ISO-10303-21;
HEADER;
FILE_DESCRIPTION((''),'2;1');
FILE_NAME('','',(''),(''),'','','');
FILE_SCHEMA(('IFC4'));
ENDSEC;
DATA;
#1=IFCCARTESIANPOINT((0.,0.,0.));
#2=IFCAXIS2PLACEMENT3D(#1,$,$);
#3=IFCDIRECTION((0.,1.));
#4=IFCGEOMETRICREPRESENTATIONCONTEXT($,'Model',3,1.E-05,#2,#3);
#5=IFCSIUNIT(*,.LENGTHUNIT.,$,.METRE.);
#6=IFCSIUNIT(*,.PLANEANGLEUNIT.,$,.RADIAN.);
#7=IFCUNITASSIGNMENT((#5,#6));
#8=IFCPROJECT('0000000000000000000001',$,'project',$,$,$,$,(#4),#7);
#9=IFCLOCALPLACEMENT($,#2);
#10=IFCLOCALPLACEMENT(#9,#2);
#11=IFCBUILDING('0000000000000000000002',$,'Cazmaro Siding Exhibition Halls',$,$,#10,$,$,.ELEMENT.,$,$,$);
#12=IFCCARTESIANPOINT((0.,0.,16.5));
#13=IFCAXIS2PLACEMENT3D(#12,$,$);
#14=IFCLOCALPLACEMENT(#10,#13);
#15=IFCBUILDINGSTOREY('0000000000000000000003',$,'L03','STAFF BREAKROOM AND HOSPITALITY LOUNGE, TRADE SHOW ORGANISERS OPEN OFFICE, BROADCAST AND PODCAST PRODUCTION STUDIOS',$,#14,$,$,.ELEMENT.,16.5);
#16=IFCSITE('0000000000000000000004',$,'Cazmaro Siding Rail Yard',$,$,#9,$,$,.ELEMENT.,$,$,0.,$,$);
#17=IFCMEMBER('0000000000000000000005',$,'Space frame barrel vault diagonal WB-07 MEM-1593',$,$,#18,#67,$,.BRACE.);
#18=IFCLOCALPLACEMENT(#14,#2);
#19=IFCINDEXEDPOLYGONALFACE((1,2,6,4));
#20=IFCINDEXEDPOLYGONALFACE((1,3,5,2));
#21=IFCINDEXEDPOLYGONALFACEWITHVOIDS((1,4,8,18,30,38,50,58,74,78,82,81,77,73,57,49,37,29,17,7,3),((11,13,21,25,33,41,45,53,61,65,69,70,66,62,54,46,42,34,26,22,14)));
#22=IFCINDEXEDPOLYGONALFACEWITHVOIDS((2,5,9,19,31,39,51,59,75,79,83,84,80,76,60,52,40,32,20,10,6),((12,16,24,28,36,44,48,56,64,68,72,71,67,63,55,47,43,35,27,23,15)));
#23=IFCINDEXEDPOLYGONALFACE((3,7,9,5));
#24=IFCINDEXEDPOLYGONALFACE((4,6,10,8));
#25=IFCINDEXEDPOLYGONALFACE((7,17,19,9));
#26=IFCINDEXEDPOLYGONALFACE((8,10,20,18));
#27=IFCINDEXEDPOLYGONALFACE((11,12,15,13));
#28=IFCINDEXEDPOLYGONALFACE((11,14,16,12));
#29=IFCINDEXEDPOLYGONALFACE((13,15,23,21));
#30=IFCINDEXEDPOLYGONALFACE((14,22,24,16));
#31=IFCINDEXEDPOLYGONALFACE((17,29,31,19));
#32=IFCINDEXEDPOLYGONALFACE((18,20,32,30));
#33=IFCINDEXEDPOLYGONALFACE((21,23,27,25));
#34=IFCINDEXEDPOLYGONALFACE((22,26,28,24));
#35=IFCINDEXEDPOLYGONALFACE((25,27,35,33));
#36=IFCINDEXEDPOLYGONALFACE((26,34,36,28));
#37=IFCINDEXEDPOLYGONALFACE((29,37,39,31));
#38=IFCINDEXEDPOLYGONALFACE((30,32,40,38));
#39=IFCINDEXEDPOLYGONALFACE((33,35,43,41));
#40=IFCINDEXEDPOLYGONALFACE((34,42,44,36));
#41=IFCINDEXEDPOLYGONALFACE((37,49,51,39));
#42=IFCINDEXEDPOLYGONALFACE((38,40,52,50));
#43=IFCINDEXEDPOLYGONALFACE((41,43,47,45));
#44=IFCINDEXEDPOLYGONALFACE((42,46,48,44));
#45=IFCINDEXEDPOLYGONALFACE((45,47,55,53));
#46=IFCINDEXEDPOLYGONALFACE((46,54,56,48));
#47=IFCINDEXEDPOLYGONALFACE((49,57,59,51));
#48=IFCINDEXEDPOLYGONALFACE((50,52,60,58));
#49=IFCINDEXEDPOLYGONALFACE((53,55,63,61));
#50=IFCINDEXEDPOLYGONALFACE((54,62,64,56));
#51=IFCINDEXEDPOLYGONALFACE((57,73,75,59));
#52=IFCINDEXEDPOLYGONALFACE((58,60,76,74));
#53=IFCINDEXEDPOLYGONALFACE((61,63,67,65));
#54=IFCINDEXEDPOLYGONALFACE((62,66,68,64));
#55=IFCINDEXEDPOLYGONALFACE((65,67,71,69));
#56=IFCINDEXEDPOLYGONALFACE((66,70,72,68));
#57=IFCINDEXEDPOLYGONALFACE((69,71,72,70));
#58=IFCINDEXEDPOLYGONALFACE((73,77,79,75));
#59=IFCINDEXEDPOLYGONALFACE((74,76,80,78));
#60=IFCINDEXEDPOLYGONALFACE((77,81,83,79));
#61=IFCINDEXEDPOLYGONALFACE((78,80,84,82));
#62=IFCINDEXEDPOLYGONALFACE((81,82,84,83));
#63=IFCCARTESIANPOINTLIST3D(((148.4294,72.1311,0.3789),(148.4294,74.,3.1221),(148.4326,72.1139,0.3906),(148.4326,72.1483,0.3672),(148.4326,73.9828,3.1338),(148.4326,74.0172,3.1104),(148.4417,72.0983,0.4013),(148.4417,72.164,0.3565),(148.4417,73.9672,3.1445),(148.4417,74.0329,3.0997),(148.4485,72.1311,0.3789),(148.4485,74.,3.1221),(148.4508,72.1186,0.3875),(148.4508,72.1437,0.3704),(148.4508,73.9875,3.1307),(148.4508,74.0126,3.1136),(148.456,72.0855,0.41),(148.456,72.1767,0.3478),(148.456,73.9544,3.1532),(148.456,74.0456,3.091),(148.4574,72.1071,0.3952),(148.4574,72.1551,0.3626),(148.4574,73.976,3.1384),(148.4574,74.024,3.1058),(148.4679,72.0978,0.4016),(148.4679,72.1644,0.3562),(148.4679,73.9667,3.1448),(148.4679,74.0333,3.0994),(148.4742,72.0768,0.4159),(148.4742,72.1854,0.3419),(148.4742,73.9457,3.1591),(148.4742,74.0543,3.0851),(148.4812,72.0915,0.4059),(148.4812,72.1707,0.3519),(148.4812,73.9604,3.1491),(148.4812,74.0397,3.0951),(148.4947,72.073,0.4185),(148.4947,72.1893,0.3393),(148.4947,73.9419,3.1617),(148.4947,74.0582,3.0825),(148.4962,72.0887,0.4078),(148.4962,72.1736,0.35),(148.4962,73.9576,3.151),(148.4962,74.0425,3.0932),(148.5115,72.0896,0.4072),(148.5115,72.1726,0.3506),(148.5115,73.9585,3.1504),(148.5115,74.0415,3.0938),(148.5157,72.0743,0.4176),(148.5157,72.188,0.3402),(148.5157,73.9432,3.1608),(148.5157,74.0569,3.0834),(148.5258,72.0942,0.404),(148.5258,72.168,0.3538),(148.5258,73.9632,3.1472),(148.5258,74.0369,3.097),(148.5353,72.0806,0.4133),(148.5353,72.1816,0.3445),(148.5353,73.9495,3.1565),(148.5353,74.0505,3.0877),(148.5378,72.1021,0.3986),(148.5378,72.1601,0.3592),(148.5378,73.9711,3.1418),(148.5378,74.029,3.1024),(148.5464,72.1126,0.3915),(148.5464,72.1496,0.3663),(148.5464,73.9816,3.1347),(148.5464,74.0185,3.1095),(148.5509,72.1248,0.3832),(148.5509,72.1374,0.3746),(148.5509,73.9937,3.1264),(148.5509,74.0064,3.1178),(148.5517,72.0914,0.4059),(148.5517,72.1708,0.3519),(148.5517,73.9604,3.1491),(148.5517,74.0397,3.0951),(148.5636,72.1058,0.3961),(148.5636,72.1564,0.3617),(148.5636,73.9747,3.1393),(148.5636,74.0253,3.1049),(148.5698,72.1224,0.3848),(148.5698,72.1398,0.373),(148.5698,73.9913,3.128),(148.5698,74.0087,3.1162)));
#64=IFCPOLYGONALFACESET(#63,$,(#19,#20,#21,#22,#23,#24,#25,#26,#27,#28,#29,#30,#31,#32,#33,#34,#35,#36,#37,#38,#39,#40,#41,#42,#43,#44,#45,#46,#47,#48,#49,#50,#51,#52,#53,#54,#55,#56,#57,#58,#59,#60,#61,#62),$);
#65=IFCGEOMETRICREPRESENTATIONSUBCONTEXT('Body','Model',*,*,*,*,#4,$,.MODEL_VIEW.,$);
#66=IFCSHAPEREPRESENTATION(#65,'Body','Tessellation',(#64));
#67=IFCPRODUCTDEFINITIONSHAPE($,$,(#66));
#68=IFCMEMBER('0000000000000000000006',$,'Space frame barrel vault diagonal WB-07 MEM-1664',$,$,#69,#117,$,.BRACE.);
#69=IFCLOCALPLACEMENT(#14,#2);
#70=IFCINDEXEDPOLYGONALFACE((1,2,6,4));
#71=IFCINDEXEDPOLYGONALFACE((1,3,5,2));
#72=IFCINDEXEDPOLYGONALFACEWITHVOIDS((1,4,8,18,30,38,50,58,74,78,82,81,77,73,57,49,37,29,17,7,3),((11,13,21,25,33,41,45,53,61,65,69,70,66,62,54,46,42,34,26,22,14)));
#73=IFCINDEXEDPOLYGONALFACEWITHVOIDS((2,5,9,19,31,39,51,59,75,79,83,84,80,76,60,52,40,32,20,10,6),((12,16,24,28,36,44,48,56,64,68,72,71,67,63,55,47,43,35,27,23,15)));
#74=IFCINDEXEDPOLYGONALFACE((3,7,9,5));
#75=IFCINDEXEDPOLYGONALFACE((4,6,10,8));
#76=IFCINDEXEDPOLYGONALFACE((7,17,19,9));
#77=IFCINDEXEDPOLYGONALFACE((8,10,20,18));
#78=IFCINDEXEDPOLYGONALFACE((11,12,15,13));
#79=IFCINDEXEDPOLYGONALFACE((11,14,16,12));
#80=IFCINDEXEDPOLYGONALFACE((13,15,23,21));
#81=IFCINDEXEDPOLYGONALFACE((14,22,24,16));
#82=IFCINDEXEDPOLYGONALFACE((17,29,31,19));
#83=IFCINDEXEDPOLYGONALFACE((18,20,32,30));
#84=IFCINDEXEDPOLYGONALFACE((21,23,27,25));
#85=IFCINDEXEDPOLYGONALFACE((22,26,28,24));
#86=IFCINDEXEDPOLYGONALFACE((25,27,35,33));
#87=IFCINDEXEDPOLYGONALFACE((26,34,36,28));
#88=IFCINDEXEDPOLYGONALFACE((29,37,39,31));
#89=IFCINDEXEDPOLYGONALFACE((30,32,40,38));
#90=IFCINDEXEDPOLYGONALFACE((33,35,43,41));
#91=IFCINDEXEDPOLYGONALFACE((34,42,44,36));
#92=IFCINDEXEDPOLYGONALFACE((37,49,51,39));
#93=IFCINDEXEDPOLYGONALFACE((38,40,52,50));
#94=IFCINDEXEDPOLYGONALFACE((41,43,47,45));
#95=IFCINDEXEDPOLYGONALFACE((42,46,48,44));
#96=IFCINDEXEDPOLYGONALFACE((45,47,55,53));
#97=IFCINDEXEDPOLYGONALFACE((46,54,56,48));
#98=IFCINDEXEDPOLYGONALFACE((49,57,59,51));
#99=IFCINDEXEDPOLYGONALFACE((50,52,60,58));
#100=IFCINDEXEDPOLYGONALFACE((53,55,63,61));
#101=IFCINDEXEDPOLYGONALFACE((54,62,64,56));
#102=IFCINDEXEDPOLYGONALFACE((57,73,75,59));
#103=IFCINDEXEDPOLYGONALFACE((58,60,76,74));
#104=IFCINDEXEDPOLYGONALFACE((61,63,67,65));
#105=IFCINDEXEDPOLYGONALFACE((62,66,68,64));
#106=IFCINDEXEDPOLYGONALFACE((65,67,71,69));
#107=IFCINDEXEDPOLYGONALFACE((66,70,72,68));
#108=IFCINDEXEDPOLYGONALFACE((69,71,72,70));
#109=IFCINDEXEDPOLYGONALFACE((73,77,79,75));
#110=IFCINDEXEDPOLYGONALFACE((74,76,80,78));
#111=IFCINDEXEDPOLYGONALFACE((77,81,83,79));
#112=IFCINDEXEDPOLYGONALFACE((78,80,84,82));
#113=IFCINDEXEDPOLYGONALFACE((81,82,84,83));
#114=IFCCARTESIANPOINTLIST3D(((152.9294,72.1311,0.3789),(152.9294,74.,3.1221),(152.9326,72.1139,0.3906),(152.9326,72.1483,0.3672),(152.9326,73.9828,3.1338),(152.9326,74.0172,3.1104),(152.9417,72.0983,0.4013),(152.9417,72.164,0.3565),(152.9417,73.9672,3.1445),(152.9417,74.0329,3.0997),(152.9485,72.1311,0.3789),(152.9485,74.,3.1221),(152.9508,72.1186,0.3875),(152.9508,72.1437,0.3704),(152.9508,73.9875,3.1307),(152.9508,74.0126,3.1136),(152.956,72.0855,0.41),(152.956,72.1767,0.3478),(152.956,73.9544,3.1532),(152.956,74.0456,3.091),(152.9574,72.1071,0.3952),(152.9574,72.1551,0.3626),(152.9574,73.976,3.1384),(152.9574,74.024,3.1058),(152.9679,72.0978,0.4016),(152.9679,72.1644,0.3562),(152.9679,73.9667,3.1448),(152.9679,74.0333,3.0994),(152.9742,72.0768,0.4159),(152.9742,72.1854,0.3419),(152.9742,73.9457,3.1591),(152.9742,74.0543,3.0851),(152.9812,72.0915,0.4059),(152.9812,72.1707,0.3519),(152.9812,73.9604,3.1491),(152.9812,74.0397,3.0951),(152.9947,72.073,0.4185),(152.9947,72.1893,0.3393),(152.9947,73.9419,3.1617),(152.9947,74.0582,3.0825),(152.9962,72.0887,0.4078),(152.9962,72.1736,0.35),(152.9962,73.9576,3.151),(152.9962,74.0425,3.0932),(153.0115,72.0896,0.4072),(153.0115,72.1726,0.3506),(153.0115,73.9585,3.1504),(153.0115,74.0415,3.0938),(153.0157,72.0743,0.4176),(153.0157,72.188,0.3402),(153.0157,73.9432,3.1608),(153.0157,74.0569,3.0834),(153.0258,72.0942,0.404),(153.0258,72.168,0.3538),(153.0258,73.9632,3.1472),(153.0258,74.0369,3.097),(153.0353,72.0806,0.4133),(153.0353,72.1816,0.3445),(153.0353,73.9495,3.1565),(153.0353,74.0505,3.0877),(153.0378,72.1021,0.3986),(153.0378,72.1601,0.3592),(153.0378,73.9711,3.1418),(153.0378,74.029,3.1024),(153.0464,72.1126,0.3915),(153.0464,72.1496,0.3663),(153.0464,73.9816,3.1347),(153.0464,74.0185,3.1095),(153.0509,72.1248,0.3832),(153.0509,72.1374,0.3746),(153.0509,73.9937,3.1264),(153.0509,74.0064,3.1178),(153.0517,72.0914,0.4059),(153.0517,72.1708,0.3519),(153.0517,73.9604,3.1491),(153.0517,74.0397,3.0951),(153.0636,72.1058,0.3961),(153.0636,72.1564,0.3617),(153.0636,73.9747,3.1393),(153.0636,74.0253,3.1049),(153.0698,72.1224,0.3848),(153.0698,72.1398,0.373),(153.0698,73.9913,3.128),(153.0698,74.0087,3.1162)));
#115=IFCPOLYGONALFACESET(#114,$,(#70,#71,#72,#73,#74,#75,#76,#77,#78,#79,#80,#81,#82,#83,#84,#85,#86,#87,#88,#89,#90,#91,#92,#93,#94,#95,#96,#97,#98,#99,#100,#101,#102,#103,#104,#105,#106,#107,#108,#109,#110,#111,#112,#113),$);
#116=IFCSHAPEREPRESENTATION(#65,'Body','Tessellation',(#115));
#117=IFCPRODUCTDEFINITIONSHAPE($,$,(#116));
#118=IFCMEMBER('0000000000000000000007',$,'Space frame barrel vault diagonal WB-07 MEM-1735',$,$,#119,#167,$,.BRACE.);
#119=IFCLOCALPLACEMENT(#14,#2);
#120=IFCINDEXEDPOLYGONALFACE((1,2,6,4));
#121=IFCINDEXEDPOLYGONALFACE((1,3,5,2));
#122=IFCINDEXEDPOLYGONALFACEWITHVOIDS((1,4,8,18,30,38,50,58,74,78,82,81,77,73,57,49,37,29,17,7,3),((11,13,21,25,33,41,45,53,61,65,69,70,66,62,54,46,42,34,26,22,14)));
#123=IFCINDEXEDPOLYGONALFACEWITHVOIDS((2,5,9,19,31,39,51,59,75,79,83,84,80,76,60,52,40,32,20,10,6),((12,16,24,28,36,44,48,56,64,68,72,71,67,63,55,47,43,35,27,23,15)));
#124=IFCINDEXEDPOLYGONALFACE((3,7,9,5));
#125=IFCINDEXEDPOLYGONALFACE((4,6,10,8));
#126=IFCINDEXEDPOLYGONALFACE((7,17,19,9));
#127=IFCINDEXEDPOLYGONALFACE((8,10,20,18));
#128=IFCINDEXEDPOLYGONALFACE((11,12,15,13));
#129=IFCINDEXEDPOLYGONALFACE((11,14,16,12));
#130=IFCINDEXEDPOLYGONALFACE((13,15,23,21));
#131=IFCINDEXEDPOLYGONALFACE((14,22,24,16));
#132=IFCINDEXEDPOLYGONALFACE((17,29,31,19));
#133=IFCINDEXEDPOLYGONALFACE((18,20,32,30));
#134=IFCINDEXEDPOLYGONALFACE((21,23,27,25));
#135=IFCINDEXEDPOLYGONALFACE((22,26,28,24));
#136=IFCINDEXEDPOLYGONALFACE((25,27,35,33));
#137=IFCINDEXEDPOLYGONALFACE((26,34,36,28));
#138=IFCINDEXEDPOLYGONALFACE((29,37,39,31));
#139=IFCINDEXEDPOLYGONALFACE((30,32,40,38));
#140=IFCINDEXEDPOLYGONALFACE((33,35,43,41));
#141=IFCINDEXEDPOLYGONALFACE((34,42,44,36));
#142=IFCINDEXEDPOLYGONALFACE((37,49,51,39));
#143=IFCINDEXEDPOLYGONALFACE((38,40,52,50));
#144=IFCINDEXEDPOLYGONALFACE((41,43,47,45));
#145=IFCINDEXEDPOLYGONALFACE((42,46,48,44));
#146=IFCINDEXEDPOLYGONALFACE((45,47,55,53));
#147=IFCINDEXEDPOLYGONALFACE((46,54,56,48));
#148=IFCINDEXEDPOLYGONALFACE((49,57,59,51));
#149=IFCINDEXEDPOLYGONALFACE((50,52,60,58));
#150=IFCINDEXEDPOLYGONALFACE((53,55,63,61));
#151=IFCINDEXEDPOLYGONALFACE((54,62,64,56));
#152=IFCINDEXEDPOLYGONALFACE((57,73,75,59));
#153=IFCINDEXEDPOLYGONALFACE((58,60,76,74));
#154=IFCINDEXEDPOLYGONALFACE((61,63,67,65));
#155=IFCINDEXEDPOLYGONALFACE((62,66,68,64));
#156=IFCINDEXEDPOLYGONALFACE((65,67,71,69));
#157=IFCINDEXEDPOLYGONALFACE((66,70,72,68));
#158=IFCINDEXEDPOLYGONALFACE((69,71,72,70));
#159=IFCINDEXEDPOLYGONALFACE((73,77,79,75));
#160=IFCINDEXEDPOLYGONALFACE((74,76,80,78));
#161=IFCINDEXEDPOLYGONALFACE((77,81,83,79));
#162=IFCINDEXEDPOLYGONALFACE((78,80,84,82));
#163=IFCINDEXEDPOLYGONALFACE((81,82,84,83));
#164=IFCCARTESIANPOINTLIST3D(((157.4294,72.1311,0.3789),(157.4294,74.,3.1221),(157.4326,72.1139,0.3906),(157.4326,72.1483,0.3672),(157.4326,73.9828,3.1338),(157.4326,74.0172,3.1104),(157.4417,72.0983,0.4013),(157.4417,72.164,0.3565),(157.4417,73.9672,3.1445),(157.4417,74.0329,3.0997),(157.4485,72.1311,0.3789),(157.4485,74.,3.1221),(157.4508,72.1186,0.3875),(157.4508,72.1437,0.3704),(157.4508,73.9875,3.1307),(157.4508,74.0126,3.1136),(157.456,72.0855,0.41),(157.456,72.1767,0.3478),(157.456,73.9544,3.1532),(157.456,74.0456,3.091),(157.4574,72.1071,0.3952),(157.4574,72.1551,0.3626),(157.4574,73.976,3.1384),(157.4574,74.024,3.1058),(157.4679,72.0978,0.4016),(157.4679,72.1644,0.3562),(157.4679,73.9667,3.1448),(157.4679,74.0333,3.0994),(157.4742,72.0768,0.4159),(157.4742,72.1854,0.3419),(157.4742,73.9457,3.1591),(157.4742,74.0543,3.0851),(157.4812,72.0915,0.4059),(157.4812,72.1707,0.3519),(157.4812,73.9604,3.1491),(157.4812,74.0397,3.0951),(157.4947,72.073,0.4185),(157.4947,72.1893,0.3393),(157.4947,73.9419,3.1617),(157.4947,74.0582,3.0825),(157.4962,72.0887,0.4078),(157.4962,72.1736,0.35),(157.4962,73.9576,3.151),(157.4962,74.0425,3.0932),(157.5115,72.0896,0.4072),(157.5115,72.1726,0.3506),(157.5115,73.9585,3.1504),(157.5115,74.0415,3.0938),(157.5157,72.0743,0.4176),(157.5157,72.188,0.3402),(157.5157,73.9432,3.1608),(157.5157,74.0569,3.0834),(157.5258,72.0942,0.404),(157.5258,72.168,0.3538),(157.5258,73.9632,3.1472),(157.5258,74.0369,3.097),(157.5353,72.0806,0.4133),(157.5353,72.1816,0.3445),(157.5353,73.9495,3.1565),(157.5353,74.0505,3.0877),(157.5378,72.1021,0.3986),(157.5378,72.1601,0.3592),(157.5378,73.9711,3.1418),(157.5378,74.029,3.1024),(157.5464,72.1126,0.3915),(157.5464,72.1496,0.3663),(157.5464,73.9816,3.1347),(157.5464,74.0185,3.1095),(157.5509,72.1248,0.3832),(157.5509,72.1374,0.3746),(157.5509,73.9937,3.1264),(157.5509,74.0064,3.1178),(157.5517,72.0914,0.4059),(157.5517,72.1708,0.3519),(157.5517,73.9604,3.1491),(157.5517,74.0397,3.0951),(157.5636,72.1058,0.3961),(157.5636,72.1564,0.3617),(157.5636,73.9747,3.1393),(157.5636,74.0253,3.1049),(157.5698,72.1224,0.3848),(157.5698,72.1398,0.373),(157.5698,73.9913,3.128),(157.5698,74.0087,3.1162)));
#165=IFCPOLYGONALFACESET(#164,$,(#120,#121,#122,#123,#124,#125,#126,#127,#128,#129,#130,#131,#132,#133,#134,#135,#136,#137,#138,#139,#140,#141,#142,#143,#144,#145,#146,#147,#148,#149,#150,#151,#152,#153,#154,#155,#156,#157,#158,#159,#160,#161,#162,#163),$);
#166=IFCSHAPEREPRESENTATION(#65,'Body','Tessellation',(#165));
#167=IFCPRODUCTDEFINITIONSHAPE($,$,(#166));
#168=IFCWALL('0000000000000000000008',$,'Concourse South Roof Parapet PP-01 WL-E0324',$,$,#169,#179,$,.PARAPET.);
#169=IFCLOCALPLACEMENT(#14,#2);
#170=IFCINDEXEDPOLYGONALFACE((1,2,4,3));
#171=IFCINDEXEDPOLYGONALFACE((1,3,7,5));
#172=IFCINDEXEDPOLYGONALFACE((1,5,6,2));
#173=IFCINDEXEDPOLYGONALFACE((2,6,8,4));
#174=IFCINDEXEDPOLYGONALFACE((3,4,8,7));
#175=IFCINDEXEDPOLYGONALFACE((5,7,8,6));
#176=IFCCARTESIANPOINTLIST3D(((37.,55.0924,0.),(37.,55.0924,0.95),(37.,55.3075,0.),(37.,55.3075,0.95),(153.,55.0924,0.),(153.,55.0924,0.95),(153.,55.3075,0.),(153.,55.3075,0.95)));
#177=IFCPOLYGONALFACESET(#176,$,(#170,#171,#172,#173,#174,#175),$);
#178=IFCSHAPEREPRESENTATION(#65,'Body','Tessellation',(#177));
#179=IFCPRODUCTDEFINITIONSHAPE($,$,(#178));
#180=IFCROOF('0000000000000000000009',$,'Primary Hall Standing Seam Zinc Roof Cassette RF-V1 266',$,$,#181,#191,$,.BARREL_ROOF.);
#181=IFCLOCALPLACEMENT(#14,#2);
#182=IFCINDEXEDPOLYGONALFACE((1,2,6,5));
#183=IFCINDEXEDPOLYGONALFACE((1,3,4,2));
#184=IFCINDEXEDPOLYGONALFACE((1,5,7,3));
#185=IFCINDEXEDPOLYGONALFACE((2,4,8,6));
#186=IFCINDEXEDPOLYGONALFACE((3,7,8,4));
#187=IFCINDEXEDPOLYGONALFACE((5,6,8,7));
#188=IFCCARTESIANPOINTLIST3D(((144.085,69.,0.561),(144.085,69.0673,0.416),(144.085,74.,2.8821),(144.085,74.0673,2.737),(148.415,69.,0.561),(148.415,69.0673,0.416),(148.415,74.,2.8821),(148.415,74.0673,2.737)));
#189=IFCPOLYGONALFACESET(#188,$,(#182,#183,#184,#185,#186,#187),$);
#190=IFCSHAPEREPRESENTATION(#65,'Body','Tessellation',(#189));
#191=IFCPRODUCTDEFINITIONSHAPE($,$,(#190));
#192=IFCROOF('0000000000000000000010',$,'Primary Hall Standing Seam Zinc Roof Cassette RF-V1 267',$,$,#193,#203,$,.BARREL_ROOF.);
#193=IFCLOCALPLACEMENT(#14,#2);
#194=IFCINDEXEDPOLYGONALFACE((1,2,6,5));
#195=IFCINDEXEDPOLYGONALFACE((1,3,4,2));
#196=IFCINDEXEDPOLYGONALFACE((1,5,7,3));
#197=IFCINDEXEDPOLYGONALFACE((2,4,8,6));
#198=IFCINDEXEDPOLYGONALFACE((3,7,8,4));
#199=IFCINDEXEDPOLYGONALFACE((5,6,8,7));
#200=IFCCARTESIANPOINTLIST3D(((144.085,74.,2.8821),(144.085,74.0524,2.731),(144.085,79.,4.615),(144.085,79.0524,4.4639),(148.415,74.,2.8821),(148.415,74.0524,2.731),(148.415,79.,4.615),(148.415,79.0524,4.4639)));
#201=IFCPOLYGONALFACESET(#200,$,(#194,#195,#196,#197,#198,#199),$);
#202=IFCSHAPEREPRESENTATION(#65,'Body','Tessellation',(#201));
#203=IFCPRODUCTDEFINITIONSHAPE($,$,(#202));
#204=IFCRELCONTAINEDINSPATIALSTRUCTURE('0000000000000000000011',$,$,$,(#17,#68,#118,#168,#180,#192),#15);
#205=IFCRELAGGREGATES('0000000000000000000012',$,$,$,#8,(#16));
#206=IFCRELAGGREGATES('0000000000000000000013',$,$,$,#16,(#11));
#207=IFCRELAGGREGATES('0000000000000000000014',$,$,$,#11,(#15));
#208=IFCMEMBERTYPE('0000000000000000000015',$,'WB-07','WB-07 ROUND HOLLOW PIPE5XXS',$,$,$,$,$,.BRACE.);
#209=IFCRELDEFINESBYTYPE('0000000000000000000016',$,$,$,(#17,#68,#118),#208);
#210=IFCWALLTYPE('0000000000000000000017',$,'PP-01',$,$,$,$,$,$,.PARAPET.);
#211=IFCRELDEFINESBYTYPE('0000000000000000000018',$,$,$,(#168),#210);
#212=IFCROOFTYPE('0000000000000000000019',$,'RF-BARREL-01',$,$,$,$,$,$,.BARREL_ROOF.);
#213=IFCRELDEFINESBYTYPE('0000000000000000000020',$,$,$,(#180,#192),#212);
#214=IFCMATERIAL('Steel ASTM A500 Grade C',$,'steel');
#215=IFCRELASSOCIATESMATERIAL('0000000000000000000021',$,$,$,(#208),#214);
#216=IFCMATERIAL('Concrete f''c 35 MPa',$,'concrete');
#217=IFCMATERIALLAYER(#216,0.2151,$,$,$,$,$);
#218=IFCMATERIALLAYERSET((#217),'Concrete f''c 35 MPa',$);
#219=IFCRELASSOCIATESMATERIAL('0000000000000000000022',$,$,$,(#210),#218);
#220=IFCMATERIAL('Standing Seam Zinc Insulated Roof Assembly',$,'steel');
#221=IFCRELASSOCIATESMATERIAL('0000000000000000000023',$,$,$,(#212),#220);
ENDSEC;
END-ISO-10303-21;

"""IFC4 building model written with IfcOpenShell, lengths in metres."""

from ifc_helpers import new_model, si_unit, direction, frame, frame_2d, origin, origin_2d, place, context, subcontext, project, spatial, polyline, rectangle, hollow_circle, outline, extrude, material, layer, layer_set, material_profile, profile_set, type_object, element, save


model = new_model("IFC4")

# Units and contexts
model_context = context("Model", 3, precision=1e-05, world=origin(), true_north=direction((0.0, 1.0)))
body_context = subcontext(model_context, "Body", "Model", "MODEL_VIEW")
ifc_project = project(units=[si_unit("LENGTHUNIT", "METRE"), si_unit("PLANEANGLEUNIT", "RADIAN")], contexts=[model_context])

# Site, building, storey
site_placement = place(None, origin())
site = spatial("IfcSite", under=ifc_project, at=site_placement, Name="Cazmaro Siding Rail Yard", CompositionType="ELEMENT", RefElevation=0.0)
building_placement = place(site_placement, origin())
building = spatial("IfcBuilding", under=site, at=building_placement, Name="Cazmaro Siding Exhibition Halls", CompositionType="ELEMENT")
storey_placement = place(building_placement, frame((0.0, 0.0, 16.5)))
storey = spatial("IfcBuildingStorey", under=building, at=storey_placement, Name="L03", Description="STAFF BREAKROOM AND HOSPITALITY LOUNGE, TRADE SHOW ORGANISERS OPEN OFFICE, BROADCAST AND PODCAST PRODUCTION STUDIOS", CompositionType="ELEMENT", Elevation=16.5)

# Members
ifc_material_1 = material(Name="Steel ASTM A500 Grade C", Category="steel")
ifc_material_profile_1 = material_profile(ifc_material_1, hollow_circle(Radius=0.0706, WallThickness=0.019, at=origin_2d()), Name="PIPE5XXS")
ifc_profile_set_1 = profile_set([ifc_material_profile_1], Name="Steel ASTM A500 Grade C")
member_type_1 = type_object("IfcMemberType", Name="WB-07", Description="WB-07 ROUND HOLLOW PIPE5XXS", PredefinedType="BRACE", material=ifc_profile_set_1)
for number, where, z_axis, x_axis, name in (
    (1, (148.5, 72.1311, 0.3789), (0.0, 0.56304, 0.82643), (-1.0, 0.0, 0.0), "Space frame barrel vault diagonal WB-07 MEM-1593"),
    (2, (153.0, 72.1311, 0.3789), (0.0, 0.56304, 0.82643), (-1.0, 0.0, 0.0), "Space frame barrel vault diagonal WB-07 MEM-1664"),
    (3, (157.5, 72.1311, 0.3789), (0.0, 0.56304, 0.82643), (-1.0, 0.0, 0.0), "Space frame barrel vault diagonal WB-07 MEM-1735"),
):
    element("IfcMember", number, at=place(storey_placement, frame(where, z_axis=z_axis, x_axis=x_axis)), inside=storey, type_object=member_type_1, Name=name, PredefinedType="BRACE", context=body_context, shape_type="SweptSolid", body=[
        extrude(hollow_circle(Radius=0.0706, WallThickness=0.019, at=origin_2d()), origin(), (0.0, 0.0, 1.0), 3.3193),
    ])

# Wall
ifc_material_2 = material(Name="Concrete f'c 35 MPa", Category="concrete")
ifc_layer = layer(ifc_material_2, 0.2151)
ifc_layer_set = layer_set([ifc_layer], Name="Concrete f'c 35 MPa")
wall_type = type_object("IfcWallType", Name="PP-01", PredefinedType="PARAPET", material=ifc_layer_set)
wall_placement = place(storey_placement, frame((153.0, 55.2, 0.0), z_axis=(0.0, 0.0, 1.0), x_axis=(-1.0, 0.0, 0.0)))
element("IfcWall", 4, at=wall_placement, inside=storey, type_object=wall_type, Name="Concourse South Roof Parapet PP-01 WL-E0324", PredefinedType="PARAPET", context=body_context, shape_type="SweptSolid", body=[
    extrude(rectangle(XDim=116.0, YDim=0.2151, at=frame_2d((58.0, 0.0))), origin(), (0.0, 0.0, 1.0), 0.95),
])

# Roofs
ifc_material_3 = material(Name="Standing Seam Zinc Insulated Roof Assembly", Category="steel")
roof_type = type_object("IfcRoofType", Name="RF-BARREL-01", PredefinedType="BARREL_ROOF", material=ifc_material_3)
roof_1_placement = place(storey_placement, frame((144.085, 69.0, 0.561), z_axis=(0.0, -0.421054, 0.907036), x_axis=(1.0, 0.0, 0.0)))
element("IfcRoof", 5, at=roof_1_placement, inside=storey, type_object=roof_type, Name="Primary Hall Standing Seam Zinc Roof Cassette RF-V1 266", PredefinedType="BARREL_ROOF", context=body_context, shape_type="SweptSolid", body=[
    extrude(outline(polyline([(0.0, 0.0), (4.3301, 0.0), (4.3301, 5.5125), (0.0, 5.5125), (0.0, 0.0)])), origin(), (0.0, 0.0, -1.0), 0.1599),
])
roof_2_placement = place(storey_placement, frame((144.085, 74.0, 2.8821), z_axis=(0.0, -0.327472, 0.944861), x_axis=(1.0, 0.0, 0.0)))
element("IfcRoof", 6, at=roof_2_placement, inside=storey, type_object=roof_type, Name="Primary Hall Standing Seam Zinc Roof Cassette RF-V1 267", PredefinedType="BARREL_ROOF", context=body_context, shape_type="SweptSolid", body=[
    extrude(outline(polyline([(0.0, 0.0), (4.3301, 0.0), (4.3301, 5.2918), (0.0, 5.2918), (0.0, 0.0)])), origin(), (0.0, 0.0, -1.0), 0.1599),
])

save(model, "model.ifc")
